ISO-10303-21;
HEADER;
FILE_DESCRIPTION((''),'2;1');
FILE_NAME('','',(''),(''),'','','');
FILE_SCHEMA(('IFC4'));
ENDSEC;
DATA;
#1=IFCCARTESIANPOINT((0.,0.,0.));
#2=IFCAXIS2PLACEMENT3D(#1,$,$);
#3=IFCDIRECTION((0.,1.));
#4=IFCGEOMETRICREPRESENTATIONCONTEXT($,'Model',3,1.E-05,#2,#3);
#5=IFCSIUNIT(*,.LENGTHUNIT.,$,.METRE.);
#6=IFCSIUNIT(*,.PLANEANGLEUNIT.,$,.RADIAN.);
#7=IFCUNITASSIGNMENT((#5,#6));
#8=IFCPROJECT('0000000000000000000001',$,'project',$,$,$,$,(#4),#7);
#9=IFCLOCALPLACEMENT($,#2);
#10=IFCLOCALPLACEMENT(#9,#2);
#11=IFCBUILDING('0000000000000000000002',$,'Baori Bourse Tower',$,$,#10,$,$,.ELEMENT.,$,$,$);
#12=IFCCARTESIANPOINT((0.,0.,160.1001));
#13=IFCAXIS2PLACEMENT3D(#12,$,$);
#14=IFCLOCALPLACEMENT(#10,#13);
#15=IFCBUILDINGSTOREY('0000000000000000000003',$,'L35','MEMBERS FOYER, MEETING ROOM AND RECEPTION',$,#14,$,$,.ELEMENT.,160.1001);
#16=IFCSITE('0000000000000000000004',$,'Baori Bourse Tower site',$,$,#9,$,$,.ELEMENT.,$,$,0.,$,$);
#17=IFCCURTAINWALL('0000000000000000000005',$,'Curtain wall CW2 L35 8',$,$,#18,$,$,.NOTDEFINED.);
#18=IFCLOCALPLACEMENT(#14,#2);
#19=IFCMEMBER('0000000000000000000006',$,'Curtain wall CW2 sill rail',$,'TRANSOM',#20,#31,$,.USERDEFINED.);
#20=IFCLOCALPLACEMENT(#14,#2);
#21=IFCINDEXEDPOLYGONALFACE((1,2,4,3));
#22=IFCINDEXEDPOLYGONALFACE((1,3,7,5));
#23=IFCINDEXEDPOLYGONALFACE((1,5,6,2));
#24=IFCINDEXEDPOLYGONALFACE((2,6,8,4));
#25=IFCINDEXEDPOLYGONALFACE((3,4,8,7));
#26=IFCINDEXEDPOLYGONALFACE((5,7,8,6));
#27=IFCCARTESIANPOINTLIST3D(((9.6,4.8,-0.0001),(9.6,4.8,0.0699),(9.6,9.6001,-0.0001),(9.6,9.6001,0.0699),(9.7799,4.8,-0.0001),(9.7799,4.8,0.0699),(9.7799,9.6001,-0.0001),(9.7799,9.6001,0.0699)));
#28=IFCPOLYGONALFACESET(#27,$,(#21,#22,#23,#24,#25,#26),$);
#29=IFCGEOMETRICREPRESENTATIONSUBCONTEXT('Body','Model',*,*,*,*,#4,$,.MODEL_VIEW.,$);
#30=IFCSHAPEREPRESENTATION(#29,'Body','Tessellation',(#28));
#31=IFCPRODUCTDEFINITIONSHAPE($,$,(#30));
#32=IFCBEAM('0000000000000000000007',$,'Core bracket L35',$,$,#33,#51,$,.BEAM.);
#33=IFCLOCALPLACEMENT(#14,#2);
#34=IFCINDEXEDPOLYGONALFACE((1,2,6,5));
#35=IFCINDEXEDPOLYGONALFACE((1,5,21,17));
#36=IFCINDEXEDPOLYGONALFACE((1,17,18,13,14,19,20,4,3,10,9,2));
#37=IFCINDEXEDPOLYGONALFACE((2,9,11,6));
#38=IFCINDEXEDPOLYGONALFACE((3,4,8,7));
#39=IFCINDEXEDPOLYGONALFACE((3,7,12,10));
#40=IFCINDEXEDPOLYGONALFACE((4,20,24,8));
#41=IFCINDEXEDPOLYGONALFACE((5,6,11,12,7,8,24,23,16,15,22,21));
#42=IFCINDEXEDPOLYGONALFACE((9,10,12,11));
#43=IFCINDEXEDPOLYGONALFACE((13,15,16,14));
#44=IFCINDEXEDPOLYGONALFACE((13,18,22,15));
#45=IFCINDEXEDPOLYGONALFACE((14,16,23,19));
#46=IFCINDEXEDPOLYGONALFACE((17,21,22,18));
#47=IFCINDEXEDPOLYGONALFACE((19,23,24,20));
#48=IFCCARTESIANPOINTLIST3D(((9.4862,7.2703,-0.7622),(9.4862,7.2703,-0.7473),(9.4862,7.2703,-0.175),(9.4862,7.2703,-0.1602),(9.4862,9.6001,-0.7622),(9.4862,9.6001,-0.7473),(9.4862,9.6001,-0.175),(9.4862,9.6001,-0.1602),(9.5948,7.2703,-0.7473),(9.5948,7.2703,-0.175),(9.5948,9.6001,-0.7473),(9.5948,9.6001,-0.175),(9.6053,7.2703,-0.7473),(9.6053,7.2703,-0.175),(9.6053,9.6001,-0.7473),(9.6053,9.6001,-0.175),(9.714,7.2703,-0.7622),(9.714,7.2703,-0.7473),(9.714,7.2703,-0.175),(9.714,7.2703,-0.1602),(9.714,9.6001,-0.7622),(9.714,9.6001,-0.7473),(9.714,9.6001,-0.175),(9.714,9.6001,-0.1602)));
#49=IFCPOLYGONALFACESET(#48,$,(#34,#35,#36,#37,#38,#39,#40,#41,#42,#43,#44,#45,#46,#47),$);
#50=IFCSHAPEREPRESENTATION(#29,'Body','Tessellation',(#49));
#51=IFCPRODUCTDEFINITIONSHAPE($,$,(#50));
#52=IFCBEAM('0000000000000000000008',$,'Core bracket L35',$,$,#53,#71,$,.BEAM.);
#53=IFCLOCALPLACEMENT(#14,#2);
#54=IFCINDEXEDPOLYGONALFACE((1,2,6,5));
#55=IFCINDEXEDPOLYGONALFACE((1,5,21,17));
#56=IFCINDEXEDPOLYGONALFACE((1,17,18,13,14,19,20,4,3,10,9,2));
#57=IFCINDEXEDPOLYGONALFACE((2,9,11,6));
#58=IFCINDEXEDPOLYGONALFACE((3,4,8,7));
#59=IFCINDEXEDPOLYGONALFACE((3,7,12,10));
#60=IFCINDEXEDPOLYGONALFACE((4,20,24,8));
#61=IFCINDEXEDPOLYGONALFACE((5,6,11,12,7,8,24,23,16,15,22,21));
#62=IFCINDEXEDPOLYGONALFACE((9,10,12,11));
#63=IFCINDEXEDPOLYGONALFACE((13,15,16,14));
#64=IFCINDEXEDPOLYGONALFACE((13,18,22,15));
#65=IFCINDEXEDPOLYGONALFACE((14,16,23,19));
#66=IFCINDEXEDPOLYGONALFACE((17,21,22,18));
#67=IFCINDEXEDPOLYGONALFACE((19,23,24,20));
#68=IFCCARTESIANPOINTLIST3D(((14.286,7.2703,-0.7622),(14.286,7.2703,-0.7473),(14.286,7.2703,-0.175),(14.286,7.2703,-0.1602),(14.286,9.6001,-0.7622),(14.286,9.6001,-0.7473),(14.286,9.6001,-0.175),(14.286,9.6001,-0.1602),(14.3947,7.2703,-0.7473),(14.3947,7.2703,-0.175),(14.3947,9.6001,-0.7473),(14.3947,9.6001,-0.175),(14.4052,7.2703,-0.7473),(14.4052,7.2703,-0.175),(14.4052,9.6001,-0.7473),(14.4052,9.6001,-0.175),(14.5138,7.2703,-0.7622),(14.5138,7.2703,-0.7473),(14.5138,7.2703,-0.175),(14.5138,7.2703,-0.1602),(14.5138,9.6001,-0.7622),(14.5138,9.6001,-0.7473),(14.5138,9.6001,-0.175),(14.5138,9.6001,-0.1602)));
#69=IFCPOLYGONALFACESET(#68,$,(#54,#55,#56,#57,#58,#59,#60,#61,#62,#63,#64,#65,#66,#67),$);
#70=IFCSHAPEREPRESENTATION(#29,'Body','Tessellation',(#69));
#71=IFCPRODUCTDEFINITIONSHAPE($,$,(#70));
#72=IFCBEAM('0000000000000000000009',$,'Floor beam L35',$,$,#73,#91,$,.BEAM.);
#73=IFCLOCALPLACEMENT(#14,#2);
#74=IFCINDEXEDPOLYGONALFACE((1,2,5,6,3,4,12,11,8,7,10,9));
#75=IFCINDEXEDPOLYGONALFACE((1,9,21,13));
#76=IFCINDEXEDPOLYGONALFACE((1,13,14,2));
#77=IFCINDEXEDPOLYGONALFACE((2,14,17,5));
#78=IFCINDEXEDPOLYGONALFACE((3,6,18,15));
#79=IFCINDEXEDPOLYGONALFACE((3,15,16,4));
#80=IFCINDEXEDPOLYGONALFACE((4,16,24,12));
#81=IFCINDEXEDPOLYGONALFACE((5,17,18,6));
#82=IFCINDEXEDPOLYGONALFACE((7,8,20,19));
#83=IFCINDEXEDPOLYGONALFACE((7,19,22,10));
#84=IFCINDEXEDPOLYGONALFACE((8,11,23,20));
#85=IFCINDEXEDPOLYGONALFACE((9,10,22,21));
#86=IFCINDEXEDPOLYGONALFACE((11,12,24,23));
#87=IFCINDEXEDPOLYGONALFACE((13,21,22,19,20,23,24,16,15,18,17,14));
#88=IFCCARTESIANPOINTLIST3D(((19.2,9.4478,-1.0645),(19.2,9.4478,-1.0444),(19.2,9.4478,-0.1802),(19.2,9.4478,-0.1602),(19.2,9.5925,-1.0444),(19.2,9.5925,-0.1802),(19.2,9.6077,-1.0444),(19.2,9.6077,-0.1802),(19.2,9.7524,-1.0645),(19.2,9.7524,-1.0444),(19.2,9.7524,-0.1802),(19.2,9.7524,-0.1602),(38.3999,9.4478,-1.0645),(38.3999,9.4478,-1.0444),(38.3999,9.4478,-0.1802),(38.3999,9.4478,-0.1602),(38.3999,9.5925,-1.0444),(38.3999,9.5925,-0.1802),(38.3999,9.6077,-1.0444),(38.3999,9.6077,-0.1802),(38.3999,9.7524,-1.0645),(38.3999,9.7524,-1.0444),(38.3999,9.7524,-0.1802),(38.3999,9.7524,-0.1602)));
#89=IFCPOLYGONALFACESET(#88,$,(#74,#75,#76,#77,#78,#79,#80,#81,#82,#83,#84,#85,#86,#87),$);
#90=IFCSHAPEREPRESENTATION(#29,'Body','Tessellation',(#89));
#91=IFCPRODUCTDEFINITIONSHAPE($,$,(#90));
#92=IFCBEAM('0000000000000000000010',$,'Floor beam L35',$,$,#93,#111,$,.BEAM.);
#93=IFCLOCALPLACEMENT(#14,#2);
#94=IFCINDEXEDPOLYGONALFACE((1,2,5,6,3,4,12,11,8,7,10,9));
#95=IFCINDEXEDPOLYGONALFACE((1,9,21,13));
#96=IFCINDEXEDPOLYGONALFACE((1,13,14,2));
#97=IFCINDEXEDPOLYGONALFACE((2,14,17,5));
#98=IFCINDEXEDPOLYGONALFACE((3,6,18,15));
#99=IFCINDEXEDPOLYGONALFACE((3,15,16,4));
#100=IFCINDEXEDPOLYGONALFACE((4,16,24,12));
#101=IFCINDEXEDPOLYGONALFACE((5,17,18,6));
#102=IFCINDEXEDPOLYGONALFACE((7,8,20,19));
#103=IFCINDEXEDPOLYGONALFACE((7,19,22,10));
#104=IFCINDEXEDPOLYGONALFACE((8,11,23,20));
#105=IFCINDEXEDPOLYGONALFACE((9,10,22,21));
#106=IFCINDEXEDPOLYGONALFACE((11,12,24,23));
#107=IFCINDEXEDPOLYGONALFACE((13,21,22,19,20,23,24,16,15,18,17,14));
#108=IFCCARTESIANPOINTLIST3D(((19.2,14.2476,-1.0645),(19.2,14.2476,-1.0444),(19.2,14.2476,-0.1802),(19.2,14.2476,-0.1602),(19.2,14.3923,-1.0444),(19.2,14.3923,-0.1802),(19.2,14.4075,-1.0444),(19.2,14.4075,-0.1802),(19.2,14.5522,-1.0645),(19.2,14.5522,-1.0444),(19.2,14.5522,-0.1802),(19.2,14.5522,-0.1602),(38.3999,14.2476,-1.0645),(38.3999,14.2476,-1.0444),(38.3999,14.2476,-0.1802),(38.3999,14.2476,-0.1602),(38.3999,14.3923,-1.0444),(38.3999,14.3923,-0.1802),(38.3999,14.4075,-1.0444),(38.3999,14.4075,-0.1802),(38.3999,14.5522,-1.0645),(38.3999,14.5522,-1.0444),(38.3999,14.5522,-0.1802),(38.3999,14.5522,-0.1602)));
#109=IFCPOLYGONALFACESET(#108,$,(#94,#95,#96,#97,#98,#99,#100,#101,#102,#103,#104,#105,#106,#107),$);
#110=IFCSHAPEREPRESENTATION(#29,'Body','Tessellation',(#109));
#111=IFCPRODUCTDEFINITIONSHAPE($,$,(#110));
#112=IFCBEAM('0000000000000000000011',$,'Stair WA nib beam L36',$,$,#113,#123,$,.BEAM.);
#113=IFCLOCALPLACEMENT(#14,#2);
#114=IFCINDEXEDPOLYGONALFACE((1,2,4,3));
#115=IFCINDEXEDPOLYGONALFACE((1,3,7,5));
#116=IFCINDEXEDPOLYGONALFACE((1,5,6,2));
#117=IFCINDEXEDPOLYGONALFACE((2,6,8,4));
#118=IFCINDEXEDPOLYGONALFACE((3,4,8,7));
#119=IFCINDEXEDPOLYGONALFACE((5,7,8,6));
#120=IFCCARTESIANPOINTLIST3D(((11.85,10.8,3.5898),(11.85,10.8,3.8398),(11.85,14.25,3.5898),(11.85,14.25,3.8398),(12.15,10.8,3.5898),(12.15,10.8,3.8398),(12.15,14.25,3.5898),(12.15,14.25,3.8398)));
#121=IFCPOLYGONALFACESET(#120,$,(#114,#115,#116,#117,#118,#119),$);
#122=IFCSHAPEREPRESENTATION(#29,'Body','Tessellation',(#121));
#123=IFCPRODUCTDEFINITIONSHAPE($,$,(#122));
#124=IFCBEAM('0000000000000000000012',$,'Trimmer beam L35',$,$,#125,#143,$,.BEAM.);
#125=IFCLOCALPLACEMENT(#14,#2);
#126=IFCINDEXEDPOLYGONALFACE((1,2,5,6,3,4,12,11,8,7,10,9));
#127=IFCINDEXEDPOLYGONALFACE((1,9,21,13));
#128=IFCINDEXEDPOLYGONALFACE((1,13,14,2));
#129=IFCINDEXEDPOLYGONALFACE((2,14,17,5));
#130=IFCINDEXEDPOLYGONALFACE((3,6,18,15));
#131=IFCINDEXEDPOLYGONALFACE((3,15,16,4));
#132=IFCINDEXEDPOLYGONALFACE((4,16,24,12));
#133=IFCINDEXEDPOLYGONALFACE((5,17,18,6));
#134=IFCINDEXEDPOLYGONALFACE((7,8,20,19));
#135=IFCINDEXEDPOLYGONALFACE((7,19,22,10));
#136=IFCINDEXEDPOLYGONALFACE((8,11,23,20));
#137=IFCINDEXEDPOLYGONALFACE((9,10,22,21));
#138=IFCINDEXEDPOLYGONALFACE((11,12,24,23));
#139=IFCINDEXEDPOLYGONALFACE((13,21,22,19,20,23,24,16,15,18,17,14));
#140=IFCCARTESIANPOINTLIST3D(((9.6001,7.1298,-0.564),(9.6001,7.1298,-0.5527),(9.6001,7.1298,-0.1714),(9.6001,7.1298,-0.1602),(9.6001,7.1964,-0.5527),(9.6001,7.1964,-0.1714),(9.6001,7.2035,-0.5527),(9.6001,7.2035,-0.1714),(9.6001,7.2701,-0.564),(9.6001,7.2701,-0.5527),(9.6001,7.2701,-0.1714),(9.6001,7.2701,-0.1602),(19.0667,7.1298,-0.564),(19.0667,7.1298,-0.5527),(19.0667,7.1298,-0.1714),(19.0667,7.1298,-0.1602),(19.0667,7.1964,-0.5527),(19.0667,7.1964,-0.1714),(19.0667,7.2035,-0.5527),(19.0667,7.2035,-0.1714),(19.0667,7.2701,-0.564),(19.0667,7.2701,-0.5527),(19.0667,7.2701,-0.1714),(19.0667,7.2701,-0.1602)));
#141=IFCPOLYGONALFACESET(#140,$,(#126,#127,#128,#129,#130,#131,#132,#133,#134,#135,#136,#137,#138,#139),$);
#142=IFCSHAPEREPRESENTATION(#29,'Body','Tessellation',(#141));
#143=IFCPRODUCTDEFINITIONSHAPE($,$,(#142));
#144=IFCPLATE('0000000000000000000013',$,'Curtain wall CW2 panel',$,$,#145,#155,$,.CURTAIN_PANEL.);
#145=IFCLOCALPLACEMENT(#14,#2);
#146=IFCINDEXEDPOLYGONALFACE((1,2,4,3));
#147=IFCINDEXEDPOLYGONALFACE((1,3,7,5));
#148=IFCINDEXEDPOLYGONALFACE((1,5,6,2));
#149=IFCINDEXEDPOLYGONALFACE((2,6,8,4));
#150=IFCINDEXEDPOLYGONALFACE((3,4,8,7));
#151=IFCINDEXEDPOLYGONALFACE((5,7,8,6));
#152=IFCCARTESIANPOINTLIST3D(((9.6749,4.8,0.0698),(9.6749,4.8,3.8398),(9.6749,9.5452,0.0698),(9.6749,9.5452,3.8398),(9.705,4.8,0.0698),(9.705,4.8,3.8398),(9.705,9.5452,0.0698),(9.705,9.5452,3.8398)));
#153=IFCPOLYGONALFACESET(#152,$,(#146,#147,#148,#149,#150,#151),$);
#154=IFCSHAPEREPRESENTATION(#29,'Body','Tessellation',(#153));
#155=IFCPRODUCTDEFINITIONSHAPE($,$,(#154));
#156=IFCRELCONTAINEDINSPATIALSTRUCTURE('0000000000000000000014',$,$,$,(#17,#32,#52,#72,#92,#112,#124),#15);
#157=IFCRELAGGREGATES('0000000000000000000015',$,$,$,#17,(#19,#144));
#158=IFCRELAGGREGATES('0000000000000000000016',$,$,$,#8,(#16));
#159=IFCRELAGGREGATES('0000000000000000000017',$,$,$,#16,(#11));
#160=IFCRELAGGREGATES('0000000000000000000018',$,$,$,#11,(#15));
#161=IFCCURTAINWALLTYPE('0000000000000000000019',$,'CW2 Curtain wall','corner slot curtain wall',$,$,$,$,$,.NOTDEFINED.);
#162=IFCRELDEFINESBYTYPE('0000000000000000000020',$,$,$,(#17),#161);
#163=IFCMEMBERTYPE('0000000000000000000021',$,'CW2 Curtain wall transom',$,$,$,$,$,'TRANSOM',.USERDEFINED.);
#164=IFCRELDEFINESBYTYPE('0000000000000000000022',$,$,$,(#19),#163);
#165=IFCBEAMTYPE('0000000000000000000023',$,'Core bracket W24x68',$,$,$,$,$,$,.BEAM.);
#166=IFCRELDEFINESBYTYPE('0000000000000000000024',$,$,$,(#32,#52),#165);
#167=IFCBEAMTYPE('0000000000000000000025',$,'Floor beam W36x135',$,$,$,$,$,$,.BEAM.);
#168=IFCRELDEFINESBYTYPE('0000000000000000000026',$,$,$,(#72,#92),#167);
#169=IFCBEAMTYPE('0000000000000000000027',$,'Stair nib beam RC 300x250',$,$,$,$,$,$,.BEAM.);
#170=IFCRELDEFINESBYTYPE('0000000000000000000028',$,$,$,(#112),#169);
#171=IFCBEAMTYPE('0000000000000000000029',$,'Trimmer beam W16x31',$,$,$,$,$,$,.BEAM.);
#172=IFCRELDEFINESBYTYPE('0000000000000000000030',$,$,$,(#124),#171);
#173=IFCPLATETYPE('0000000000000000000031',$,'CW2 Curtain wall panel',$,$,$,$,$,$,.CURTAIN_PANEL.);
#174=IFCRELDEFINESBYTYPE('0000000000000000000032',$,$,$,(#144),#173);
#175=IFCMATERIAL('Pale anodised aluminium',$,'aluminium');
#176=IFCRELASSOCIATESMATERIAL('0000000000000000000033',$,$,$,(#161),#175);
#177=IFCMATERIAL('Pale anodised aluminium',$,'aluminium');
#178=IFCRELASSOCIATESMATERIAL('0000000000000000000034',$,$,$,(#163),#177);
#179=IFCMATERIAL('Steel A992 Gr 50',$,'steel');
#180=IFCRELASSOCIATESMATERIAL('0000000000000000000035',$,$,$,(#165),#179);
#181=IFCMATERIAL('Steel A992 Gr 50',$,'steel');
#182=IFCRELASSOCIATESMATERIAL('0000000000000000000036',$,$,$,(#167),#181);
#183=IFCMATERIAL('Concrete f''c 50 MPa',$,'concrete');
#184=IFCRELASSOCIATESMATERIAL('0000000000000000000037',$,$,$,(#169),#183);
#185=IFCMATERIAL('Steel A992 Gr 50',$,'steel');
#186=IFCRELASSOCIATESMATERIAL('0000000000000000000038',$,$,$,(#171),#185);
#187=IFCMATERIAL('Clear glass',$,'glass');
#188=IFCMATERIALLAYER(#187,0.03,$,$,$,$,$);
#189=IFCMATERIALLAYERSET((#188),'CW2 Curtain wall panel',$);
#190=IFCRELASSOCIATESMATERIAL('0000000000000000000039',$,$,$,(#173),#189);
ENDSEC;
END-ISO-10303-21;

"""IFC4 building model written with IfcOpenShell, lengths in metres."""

from ifc_helpers import new_model, si_unit, direction, frame, origin, origin_2d, place, context, subcontext, project, spatial, rectangle, i_section, extrude, material, layer, layer_set, material_profile, profile_set, type_object, element, aggregate, save


model = new_model("IFC4")

# Units and contexts
model_context = context("Model", 3, precision=1e-05, world=origin(), true_north=direction((0.0, 1.0)))
body_context = subcontext(model_context, "Body", "Model", "MODEL_VIEW")
ifc_project = project(units=[si_unit("LENGTHUNIT", "METRE"), si_unit("PLANEANGLEUNIT", "RADIAN")], contexts=[model_context])

# Site, building, storey
site_placement = place(None, origin())
site = spatial("IfcSite", under=ifc_project, at=site_placement, Name="Baori Bourse Tower site", CompositionType="ELEMENT", RefElevation=0.0)
building_placement = place(site_placement, origin())
building = spatial("IfcBuilding", under=site, at=building_placement, Name="Baori Bourse Tower", CompositionType="ELEMENT")
storey_placement = place(building_placement, frame((0.0, 0.0, 160.1001)))
storey = spatial("IfcBuildingStorey", under=building, at=storey_placement, Name="L35", Description="MEMBERS FOYER, MEETING ROOM AND RECEPTION", CompositionType="ELEMENT", Elevation=160.1001)

# Curtain wall, member
ifc_material_1 = material(Name="Pale anodised aluminium", Category="aluminium")
curtain_wall_type = type_object("IfcCurtainWallType", Name="CW2 Curtain wall", Description="corner slot curtain wall", PredefinedType="NOTDEFINED", material=ifc_material_1)
curtain_wall_placement = place(storey_placement, origin())
curtain_wall = element("IfcCurtainWall", 1, at=curtain_wall_placement, inside=storey, type_object=curtain_wall_type, Name="Curtain wall CW2 L35 8", PredefinedType="NOTDEFINED")
ifc_material_2 = material(Name="Pale anodised aluminium", Category="aluminium")
ifc_material_profile_1 = material_profile(ifc_material_2, rectangle(XDim=0.1799, YDim=0.0701, at=origin_2d()), Name="Transom 70x180")
ifc_profile_set_1 = profile_set([ifc_material_profile_1], Name="Pale anodised aluminium")
member_type = type_object("IfcMemberType", Name="CW2 Curtain wall transom", ElementType="TRANSOM", PredefinedType="USERDEFINED", material=ifc_profile_set_1)
member_placement = place(storey_placement, frame((9.6899, 9.6001, 0.0349), z_axis=(0.0, -1.0, 0.0), x_axis=(1.0, 0.0, 0.0)))
member = element("IfcMember", 2, at=member_placement, type_object=member_type, Name="Curtain wall CW2 sill rail", ObjectType="TRANSOM", PredefinedType="USERDEFINED", context=body_context, shape_type="SweptSolid", body=[
    extrude(rectangle(XDim=0.1799, YDim=0.0701, at=origin_2d()), origin(), (0.0, 0.0, 1.0), 4.8),
])

# Beams
ifc_material_3 = material(Name="Steel A992 Gr 50", Category="steel")
ifc_material_profile_2 = material_profile(ifc_material_3, i_section(OverallWidth=0.2278, OverallDepth=0.6021, WebThickness=0.0105, FlangeThickness=0.0149, at=origin_2d()), Name="W24x68")
ifc_profile_set_2 = profile_set([ifc_material_profile_2], Name="Steel A992 Gr 50")
beam_type_1 = type_object("IfcBeamType", Name="Core bracket W24x68", PredefinedType="BEAM", material=ifc_profile_set_2)
for number, where, z_axis, x_axis, name in (
    (3, (9.6001, 7.2703, -0.4612), (0.0, 1.0, 0.0), (-1.0, 0.0, 0.0), "Core bracket L35"),
    (4, (14.3999, 7.2703, -0.4612), (0.0, 1.0, 0.0), (-1.0, 0.0, 0.0), "Core bracket L35"),
):
    element("IfcBeam", number, at=place(storey_placement, frame(where, z_axis=z_axis, x_axis=x_axis)), inside=storey, type_object=beam_type_1, Name=name, PredefinedType="BEAM", context=body_context, shape_type="SweptSolid", body=[
        extrude(i_section(OverallWidth=0.2278, OverallDepth=0.6021, WebThickness=0.0105, FlangeThickness=0.0149, at=origin_2d()), origin(), (0.0, 0.0, 1.0), 2.3298),
    ])
ifc_material_4 = material(Name="Steel A992 Gr 50", Category="steel")
ifc_material_profile_3 = material_profile(ifc_material_4, i_section(OverallWidth=0.3047, OverallDepth=0.9043, WebThickness=0.0151, FlangeThickness=0.02, at=origin_2d()), Name="W36x135")
ifc_profile_set_3 = profile_set([ifc_material_profile_3], Name="Steel A992 Gr 50")
beam_type_2 = type_object("IfcBeamType", Name="Floor beam W36x135", PredefinedType="BEAM", material=ifc_profile_set_3)
for number, where, z_axis, x_axis, name in (
    (5, (19.2, 9.6001, -0.6123), (1.0, 0.0, 0.0), (0.0, 1.0, 0.0), "Floor beam L35"),
    (6, (19.2, 14.3999, -0.6123), (1.0, 0.0, 0.0), (0.0, 1.0, 0.0), "Floor beam L35"),
):
    element("IfcBeam", number, at=place(storey_placement, frame(where, z_axis=z_axis, x_axis=x_axis)), inside=storey, type_object=beam_type_2, Name=name, PredefinedType="BEAM", context=body_context, shape_type="SweptSolid", body=[
        extrude(i_section(OverallWidth=0.3047, OverallDepth=0.9043, WebThickness=0.0151, FlangeThickness=0.02, at=origin_2d()), origin(), (0.0, 0.0, 1.0), 19.2),
    ])
ifc_material_5 = material(Name="Concrete f'c 50 MPa", Category="concrete")
ifc_material_profile_4 = material_profile(ifc_material_5, rectangle(XDim=0.3, YDim=0.25, at=origin_2d()), Name="RC 300x250")
ifc_profile_set_4 = profile_set([ifc_material_profile_4], Name="Concrete f'c 50 MPa")
beam_type_3 = type_object("IfcBeamType", Name="Stair nib beam RC 300x250", PredefinedType="BEAM", material=ifc_profile_set_4)
beam_1_placement = place(storey_placement, frame((12.0, 10.8, 3.7148), z_axis=(0.0, 1.0, 0.0), x_axis=(-1.0, 0.0, 0.0)))
element("IfcBeam", 7, at=beam_1_placement, inside=storey, type_object=beam_type_3, Name="Stair WA nib beam L36", PredefinedType="BEAM", context=body_context, shape_type="SweptSolid", body=[
    extrude(rectangle(XDim=0.3, YDim=0.25, at=origin_2d()), origin(), (0.0, 0.0, 1.0), 3.45),
])
ifc_material_6 = material(Name="Steel A992 Gr 50", Category="steel")
ifc_material_profile_5 = material_profile(ifc_material_6, i_section(OverallWidth=0.1404, OverallDepth=0.4038, WebThickness=0.0071, FlangeThickness=0.0112, at=origin_2d()), Name="W16x31")
ifc_profile_set_5 = profile_set([ifc_material_profile_5], Name="Steel A992 Gr 50")
beam_type_4 = type_object("IfcBeamType", Name="Trimmer beam W16x31", PredefinedType="BEAM", material=ifc_profile_set_5)
beam_2_placement = place(storey_placement, frame((9.6001, 7.2, -0.3621), z_axis=(1.0, 0.0, 0.0), x_axis=(0.0, 1.0, 0.0)))
element("IfcBeam", 8, at=beam_2_placement, inside=storey, type_object=beam_type_4, Name="Trimmer beam L35", PredefinedType="BEAM", context=body_context, shape_type="SweptSolid", body=[
    extrude(i_section(OverallWidth=0.1404, OverallDepth=0.4038, WebThickness=0.0071, FlangeThickness=0.0112, at=origin_2d()), origin(), (0.0, 0.0, 1.0), 9.4666),
])

# Plate
ifc_material_7 = material(Name="Clear glass", Category="glass")
ifc_layer_1 = layer(ifc_material_7, 0.03)
ifc_layer_set_1 = layer_set([ifc_layer_1], Name="CW2 Curtain wall panel")
plate_type = type_object("IfcPlateType", Name="CW2 Curtain wall panel", PredefinedType="CURTAIN_PANEL", material=ifc_layer_set_1)
plate_placement = place(storey_placement, frame((9.6899, 7.1726, 0.0698), z_axis=(0.0, 0.0, 1.0), x_axis=(0.0, -1.0, 0.0)))
plate = element("IfcPlate", 9, at=plate_placement, type_object=plate_type, Name="Curtain wall CW2 panel", PredefinedType="CURTAIN_PANEL", context=body_context, shape_type="SweptSolid", body=[
    extrude(rectangle(XDim=4.7451, YDim=0.03, at=origin_2d()), origin(), (0.0, 0.0, 1.0), 3.77),
])
aggregate(curtain_wall, [member, plate])

save(model, "model.ifc")
